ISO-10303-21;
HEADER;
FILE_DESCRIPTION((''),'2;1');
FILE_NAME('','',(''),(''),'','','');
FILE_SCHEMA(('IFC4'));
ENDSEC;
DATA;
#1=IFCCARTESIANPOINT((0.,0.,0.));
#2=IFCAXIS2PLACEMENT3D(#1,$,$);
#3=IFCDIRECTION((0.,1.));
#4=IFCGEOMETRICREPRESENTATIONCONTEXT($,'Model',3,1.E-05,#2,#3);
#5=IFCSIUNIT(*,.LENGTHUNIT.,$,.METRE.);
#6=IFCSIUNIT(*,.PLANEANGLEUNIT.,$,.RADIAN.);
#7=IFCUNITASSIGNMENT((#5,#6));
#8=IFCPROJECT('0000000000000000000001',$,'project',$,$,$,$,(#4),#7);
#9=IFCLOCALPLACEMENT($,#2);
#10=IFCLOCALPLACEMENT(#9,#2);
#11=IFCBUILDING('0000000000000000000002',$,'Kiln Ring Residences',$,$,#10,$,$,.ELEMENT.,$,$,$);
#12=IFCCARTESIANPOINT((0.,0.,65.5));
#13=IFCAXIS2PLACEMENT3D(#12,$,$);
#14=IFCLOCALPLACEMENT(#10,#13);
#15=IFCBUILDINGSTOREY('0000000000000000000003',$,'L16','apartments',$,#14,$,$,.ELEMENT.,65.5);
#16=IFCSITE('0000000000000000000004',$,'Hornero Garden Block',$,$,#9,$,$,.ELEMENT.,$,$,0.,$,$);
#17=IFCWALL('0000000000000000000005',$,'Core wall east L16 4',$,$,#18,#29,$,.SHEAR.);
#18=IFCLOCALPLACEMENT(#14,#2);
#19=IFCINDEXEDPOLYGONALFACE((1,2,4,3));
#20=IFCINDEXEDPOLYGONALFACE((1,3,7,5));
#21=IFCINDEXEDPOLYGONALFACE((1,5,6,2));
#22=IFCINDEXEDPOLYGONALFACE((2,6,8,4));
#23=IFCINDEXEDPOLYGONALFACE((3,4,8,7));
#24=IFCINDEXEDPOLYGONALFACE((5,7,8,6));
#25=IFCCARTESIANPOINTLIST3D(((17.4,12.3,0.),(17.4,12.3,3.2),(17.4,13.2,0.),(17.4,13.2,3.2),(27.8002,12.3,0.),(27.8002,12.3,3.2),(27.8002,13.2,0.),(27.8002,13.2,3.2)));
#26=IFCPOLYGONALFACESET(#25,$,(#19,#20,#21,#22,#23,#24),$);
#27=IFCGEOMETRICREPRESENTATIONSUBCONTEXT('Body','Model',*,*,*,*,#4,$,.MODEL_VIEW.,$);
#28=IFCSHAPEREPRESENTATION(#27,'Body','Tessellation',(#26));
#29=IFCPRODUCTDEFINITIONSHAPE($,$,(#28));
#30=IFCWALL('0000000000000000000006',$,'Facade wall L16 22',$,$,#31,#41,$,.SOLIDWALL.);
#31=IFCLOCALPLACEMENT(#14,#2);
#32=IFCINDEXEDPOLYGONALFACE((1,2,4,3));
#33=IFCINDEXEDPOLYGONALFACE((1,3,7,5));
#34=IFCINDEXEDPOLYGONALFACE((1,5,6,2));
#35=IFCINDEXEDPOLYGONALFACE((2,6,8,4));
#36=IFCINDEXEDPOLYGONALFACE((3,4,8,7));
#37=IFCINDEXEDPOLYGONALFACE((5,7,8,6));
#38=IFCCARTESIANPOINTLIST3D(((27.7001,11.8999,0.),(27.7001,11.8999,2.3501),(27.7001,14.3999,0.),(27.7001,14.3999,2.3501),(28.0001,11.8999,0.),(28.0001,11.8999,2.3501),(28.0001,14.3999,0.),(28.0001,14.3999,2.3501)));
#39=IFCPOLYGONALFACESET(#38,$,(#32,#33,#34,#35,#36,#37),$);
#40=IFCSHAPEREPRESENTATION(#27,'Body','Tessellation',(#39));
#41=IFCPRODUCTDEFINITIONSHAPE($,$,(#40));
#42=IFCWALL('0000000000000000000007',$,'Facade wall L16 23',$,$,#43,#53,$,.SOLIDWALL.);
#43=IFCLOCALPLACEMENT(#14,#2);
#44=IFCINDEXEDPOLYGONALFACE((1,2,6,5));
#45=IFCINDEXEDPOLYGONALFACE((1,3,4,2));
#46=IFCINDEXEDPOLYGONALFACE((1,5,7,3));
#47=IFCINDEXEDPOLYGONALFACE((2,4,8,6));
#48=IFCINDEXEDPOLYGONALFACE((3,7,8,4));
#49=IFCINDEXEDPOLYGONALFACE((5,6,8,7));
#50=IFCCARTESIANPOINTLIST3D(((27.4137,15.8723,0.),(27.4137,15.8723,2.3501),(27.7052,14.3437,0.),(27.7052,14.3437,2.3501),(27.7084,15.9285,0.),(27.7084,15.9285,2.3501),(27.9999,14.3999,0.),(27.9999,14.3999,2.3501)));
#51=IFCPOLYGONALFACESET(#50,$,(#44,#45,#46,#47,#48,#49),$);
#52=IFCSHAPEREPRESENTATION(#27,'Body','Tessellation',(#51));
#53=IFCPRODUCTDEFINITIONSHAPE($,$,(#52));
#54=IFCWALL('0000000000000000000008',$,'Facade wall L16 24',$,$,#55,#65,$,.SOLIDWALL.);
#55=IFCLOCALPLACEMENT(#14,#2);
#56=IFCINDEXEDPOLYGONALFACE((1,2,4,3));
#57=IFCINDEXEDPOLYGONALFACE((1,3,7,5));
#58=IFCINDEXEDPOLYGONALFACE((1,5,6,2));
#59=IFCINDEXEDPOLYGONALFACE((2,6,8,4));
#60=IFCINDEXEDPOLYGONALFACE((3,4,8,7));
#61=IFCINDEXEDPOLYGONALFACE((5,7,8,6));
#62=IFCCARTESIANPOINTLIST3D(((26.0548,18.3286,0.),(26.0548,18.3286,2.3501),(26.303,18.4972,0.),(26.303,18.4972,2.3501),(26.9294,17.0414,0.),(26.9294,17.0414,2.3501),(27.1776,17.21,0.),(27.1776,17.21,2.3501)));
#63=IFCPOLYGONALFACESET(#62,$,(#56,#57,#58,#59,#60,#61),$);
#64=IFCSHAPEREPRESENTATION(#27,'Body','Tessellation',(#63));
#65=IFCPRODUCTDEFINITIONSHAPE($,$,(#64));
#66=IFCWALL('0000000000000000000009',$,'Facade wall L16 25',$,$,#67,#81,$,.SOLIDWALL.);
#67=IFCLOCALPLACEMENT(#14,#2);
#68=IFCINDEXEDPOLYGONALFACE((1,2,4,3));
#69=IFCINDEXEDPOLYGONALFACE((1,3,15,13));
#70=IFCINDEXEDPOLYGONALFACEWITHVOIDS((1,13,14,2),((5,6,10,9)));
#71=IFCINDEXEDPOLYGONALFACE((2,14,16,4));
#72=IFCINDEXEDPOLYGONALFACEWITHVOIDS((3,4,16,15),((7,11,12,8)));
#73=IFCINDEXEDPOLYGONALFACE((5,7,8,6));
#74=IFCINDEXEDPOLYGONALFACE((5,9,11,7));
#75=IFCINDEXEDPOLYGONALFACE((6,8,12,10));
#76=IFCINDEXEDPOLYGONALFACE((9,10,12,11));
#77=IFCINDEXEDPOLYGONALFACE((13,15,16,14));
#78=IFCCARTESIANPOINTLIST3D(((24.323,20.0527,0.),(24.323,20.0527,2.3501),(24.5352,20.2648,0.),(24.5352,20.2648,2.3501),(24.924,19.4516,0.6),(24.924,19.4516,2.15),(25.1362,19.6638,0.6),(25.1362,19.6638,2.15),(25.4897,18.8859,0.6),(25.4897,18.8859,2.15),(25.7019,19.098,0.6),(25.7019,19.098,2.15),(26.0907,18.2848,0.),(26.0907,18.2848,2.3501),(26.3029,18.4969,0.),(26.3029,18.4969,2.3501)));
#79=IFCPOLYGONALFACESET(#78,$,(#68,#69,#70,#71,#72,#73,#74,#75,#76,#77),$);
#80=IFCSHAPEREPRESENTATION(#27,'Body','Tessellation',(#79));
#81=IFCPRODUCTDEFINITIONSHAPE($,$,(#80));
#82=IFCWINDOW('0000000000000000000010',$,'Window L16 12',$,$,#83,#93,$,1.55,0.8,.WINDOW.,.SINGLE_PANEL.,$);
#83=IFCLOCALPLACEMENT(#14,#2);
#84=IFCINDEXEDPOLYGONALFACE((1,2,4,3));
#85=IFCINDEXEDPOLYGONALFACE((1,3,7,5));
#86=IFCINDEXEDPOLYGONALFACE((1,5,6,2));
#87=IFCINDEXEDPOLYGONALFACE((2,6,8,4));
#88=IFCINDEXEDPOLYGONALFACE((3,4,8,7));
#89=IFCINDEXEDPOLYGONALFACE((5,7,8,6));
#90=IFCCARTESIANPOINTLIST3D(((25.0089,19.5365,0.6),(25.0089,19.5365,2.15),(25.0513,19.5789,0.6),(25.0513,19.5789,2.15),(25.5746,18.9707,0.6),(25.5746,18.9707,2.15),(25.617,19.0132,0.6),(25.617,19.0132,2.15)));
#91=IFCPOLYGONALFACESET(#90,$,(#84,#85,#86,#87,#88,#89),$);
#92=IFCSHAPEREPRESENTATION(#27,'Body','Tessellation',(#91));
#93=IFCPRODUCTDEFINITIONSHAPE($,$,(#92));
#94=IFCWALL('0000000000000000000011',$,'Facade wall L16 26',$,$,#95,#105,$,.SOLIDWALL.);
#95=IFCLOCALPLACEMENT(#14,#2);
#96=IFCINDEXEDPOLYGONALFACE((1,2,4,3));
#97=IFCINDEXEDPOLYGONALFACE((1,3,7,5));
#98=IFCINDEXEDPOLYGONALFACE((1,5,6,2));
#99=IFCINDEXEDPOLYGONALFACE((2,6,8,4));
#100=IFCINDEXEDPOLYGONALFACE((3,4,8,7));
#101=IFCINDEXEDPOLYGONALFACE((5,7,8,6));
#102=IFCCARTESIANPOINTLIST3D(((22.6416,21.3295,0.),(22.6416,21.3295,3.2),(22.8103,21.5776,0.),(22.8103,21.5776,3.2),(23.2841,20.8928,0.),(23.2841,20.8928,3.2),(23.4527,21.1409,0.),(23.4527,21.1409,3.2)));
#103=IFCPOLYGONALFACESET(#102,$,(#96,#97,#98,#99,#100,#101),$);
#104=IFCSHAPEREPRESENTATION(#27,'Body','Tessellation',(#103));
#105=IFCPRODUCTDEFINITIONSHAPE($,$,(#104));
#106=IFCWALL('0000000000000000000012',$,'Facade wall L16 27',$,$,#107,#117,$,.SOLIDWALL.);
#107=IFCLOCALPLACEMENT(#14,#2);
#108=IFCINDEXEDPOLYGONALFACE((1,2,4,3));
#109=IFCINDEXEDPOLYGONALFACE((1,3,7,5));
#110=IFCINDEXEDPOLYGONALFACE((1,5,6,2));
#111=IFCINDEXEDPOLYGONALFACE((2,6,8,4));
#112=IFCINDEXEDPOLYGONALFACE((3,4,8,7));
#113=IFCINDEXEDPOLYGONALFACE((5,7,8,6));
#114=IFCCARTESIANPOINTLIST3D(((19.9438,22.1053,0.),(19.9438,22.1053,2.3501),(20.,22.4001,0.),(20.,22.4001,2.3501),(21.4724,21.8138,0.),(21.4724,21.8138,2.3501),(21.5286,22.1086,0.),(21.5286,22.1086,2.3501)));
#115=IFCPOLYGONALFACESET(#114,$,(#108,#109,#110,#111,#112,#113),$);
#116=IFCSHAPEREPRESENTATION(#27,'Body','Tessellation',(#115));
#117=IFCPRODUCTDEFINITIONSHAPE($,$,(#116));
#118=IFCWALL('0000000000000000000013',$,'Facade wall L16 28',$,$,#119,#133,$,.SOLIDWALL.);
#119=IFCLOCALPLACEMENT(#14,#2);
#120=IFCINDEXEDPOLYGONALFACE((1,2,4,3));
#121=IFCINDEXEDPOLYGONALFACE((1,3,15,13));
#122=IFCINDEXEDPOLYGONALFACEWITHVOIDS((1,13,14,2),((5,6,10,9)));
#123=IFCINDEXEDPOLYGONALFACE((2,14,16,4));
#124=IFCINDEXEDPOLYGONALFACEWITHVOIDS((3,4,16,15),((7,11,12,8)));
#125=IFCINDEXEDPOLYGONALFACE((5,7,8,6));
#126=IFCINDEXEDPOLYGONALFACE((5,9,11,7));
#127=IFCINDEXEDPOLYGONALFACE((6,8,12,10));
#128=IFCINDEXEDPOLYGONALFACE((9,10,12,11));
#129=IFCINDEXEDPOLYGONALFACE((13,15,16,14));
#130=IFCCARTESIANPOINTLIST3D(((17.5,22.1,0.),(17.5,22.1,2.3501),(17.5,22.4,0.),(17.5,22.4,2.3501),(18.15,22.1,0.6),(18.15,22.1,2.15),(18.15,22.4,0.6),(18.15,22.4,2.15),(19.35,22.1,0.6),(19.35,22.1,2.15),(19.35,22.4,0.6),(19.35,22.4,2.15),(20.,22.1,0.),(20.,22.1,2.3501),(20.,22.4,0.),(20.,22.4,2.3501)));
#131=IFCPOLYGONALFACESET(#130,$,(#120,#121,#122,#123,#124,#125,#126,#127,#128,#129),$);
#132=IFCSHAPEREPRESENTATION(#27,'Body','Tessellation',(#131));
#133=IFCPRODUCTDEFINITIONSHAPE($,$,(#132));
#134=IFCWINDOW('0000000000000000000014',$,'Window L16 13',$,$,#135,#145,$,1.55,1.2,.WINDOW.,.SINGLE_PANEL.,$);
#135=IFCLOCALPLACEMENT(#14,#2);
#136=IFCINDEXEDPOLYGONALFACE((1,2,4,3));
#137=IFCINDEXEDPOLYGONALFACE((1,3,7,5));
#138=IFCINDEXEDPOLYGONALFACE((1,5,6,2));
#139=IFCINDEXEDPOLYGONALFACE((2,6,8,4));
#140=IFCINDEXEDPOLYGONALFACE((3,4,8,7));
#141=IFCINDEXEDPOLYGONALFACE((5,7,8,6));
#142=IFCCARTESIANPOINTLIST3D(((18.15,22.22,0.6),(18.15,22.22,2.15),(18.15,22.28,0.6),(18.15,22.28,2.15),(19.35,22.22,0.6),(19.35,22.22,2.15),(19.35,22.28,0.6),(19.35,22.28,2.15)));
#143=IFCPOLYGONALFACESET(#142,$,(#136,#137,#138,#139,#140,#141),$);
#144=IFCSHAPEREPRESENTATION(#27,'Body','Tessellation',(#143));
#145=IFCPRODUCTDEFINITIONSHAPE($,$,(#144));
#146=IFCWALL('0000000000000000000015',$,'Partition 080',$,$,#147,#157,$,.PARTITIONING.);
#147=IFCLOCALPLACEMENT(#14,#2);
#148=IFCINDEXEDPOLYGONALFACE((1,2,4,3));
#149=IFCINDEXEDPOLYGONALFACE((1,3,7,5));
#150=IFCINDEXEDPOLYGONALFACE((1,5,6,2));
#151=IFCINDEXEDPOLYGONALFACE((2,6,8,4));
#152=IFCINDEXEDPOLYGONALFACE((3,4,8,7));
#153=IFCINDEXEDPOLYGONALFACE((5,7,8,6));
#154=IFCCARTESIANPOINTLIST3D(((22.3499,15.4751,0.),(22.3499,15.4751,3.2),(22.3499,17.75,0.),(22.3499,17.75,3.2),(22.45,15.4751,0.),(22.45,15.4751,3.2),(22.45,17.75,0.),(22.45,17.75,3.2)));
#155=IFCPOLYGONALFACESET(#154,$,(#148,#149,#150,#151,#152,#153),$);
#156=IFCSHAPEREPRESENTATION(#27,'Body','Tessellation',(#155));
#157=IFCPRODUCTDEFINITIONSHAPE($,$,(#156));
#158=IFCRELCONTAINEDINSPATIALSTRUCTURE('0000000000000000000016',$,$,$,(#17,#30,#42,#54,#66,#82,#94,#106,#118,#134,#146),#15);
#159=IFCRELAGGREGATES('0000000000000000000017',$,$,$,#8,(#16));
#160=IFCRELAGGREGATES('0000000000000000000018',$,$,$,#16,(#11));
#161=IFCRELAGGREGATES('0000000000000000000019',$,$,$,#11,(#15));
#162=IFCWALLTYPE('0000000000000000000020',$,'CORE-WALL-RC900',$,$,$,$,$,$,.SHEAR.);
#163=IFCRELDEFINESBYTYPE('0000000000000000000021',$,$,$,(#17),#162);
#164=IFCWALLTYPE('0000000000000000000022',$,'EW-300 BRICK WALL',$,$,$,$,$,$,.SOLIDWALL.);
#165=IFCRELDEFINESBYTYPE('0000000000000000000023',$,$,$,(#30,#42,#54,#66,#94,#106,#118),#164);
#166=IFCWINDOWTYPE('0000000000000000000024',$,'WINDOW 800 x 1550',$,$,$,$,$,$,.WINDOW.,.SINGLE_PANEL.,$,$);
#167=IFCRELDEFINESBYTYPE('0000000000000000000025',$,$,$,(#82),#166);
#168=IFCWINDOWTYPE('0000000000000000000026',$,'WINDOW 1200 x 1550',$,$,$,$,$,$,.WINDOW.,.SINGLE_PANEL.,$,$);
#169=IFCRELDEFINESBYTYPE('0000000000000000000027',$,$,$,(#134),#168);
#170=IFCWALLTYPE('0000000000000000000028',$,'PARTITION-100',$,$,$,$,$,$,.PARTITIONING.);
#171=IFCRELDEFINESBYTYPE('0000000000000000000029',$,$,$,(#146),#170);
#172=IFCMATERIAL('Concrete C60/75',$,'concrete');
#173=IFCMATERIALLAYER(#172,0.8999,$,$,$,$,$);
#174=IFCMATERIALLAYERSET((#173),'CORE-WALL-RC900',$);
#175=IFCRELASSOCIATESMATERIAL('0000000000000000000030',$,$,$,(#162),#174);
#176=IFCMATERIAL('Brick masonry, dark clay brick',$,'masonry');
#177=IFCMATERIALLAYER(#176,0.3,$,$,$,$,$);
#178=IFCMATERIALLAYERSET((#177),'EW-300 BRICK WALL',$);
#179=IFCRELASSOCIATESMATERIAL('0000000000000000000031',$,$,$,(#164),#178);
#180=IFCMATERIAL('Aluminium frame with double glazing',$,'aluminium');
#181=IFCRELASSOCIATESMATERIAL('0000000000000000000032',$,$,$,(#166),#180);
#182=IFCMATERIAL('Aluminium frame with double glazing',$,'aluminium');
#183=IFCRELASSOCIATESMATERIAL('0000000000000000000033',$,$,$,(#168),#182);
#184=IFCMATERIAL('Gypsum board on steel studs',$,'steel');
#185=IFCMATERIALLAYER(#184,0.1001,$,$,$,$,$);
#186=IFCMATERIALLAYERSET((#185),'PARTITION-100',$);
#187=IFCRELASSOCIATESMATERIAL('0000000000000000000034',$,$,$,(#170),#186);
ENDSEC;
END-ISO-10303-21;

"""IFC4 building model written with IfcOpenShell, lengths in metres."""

from ifc_helpers import new_model, si_unit, direction, frame, frame_2d, origin, place, context, subcontext, project, spatial, rectangle, extrude, material, layer, layer_set, type_object, element, fill, save


model = new_model("IFC4")

# Units and contexts
model_context = context("Model", 3, precision=1e-05, world=origin(), true_north=direction((0.0, 1.0)))
body_context = subcontext(model_context, "Body", "Model", "MODEL_VIEW")
ifc_project = project(units=[si_unit("LENGTHUNIT", "METRE"), si_unit("PLANEANGLEUNIT", "RADIAN")], contexts=[model_context])

# Site, building, storey
site_placement = place(None, origin())
site = spatial("IfcSite", under=ifc_project, at=site_placement, Name="Hornero Garden Block", CompositionType="ELEMENT", RefElevation=0.0)
building_placement = place(site_placement, origin())
building = spatial("IfcBuilding", under=site, at=building_placement, Name="Kiln Ring Residences", CompositionType="ELEMENT")
storey_placement = place(building_placement, frame((0.0, 0.0, 65.5)))
storey = spatial("IfcBuildingStorey", under=building, at=storey_placement, Name="L16", Description="apartments", CompositionType="ELEMENT", Elevation=65.5)

# Walls
ifc_material_1 = material(Name="Concrete C60/75", Category="concrete")
ifc_layer_1 = layer(ifc_material_1, 0.8999)
ifc_layer_set_1 = layer_set([ifc_layer_1], Name="CORE-WALL-RC900")
wall_type_1 = type_object("IfcWallType", Name="CORE-WALL-RC900", PredefinedType="SHEAR", material=ifc_layer_set_1)
wall_1_placement = place(storey_placement, frame((17.3999, 12.75, 0.0), z_axis=(0.0, 0.0, 1.0), x_axis=(1.0, 0.0, 0.0)))
element("IfcWall", 1, at=wall_1_placement, inside=storey, type_object=wall_type_1, Name="Core wall east L16 4", PredefinedType="SHEAR", context=body_context, shape_type="SweptSolid", body=[
    extrude(rectangle(XDim=10.4001, YDim=0.8999, at=frame_2d((5.2002, 0.0))), origin(), (0.0, 0.0, 1.0), 3.2),
])
ifc_material_2 = material(Name="Brick masonry, dark clay brick", Category="masonry")
ifc_layer_2 = layer(ifc_material_2, 0.3)
ifc_layer_set_2 = layer_set([ifc_layer_2], Name="EW-300 BRICK WALL")
wall_type_2 = type_object("IfcWallType", Name="EW-300 BRICK WALL", PredefinedType="SOLIDWALL", material=ifc_layer_set_2)
wall_2_placement = place(storey_placement, frame((27.8501, 11.8999, 0.0), z_axis=(0.0, 0.0, 1.0), x_axis=(0.0, 1.0, 0.0)))
element("IfcWall", 2, at=wall_2_placement, inside=storey, type_object=wall_type_2, Name="Facade wall L16 22", PredefinedType="SOLIDWALL", context=body_context, shape_type="SweptSolid", body=[
    extrude(rectangle(XDim=2.5, YDim=0.3, at=frame_2d((1.25, 0.0))), origin(), (0.0, 0.0, 1.0), 2.3501),
])
for number, where, z_axis, x_axis, name in (
    (3, (27.8525, 14.3718, 0.0), (0.0, 0.0, 1.0), (-0.187328, 0.982297, 0.0), "Facade wall L16 23"),
    (4, (27.0535, 17.1257, 0.0), (0.0, 0.0, 1.0), (-0.561992, 0.827142, 0.0), "Facade wall L16 24"),
):
    element("IfcWall", number, at=place(storey_placement, frame(where, z_axis=z_axis, x_axis=x_axis)), inside=storey, type_object=wall_type_2, Name=name, PredefinedType="SOLIDWALL", context=body_context, shape_type="SweptSolid", body=[
        extrude(rectangle(XDim=1.5562, YDim=0.3, at=frame_2d((0.7781, 0.0))), origin(), (0.0, 0.0, 1.0), 2.3501),
    ])

# Wall, opening, window
wall_3_placement = place(storey_placement, frame((26.1968, 18.3909, 0.0), z_axis=(0.0, 0.0, 1.0), x_axis=(-0.707058, 0.707156, 0.0)))
wall_3 = element("IfcWall", 5, at=wall_3_placement, inside=storey, type_object=wall_type_2, Name="Facade wall L16 25", PredefinedType="SOLIDWALL", context=body_context, shape_type="SweptSolid", body=[
    extrude(rectangle(XDim=2.5, YDim=0.3, at=frame_2d((1.25, 0.0))), origin(), (0.0, 0.0, 1.0), 2.3501),
])
opening_1_placement = place(wall_3_placement, frame((0.8501, 0.0, 0.6001)))
opening_1 = element("IfcOpeningElement", 6, at=opening_1_placement, cuts=wall_3, PredefinedType="OPENING", context=body_context, shape_type="SweptSolid", body=[
    extrude(rectangle(XDim=0.8, YDim=1.55, at=frame_2d((0.3999, 0.7749))), frame((0.0, 0.1599, 0.0), z_axis=(0.0, -1.0, 0.0), x_axis=(1.0, 0.0, 0.0)), (0.0, 0.0, 1.0), 0.3201),
])
ifc_material_3 = material(Name="Aluminium frame with double glazing", Category="aluminium")
window_type_1 = type_object("IfcWindowType", Name="WINDOW 800 x 1550", PartitioningType="SINGLE_PANEL", PredefinedType="WINDOW", material=ifc_material_3)
window_1_placement = place(opening_1_placement, origin())
window_1 = element("IfcWindow", 7, at=window_1_placement, inside=storey, type_object=window_type_1, Name="Window L16 12", OverallHeight=1.55, OverallWidth=0.8, PartitioningType="SINGLE_PANEL", PredefinedType="WINDOW", context=body_context, shape_type="SweptSolid", body=[
    extrude(rectangle(XDim=0.8, YDim=1.55, at=frame_2d((0.3999, 0.7749))), frame((0.0, 0.03, 0.0), z_axis=(0.0, -1.0, 0.0), x_axis=(1.0, 0.0, 0.0)), (0.0, 0.0, 1.0), 0.0601),
])
fill(opening_1, window_1)

# Walls
wall_4_placement = place(storey_placement, frame((23.3684, 21.0168, 0.0), z_axis=(0.0, 0.0, 1.0), x_axis=(-0.827038, 0.562147, 0.0)))
element("IfcWall", 8, at=wall_4_placement, inside=storey, type_object=wall_type_2, Name="Facade wall L16 26", PredefinedType="SOLIDWALL", context=body_context, shape_type="SweptSolid", body=[
    extrude(rectangle(XDim=0.7769, YDim=0.3, at=frame_2d((0.3884, 0.0))), origin(), (0.0, 0.0, 1.0), 3.2),
])
wall_5_placement = place(storey_placement, frame((21.5005, 21.9612, 0.0), z_axis=(0.0, 0.0, 1.0), x_axis=(-0.982297, 0.187328, 0.0)))
element("IfcWall", 9, at=wall_5_placement, inside=storey, type_object=wall_type_2, Name="Facade wall L16 27", PredefinedType="SOLIDWALL", context=body_context, shape_type="SweptSolid", body=[
    extrude(rectangle(XDim=1.5562, YDim=0.3, at=frame_2d((0.7781, 0.0))), origin(), (0.0, 0.0, 1.0), 2.3501),
])

# Wall, opening, window
wall_6_placement = place(storey_placement, frame((20.0, 22.25, 0.0), z_axis=(0.0, 0.0, 1.0), x_axis=(-1.0, 0.0, 0.0)))
wall_6 = element("IfcWall", 10, at=wall_6_placement, inside=storey, type_object=wall_type_2, Name="Facade wall L16 28", PredefinedType="SOLIDWALL", context=body_context, shape_type="SweptSolid", body=[
    extrude(rectangle(XDim=2.5, YDim=0.3, at=frame_2d((1.25, 0.0))), origin(), (0.0, 0.0, 1.0), 2.3501),
])
opening_2_placement = place(wall_6_placement, frame((0.6499, 0.0, 0.6001)))
opening_2 = element("IfcOpeningElement", 11, at=opening_2_placement, cuts=wall_6, PredefinedType="OPENING", context=body_context, shape_type="SweptSolid", body=[
    extrude(rectangle(XDim=1.2, YDim=1.55, at=frame_2d((0.6001, 0.7749))), frame((0.0, 0.1599, 0.0), z_axis=(0.0, -1.0, 0.0), x_axis=(1.0, 0.0, 0.0)), (0.0, 0.0, 1.0), 0.3201),
])
ifc_material_4 = material(Name="Aluminium frame with double glazing", Category="aluminium")
window_type_2 = type_object("IfcWindowType", Name="WINDOW 1200 x 1550", PartitioningType="SINGLE_PANEL", PredefinedType="WINDOW", material=ifc_material_4)
window_2_placement = place(opening_2_placement, origin())
window_2 = element("IfcWindow", 12, at=window_2_placement, inside=storey, type_object=window_type_2, Name="Window L16 13", OverallHeight=1.55, OverallWidth=1.2, PartitioningType="SINGLE_PANEL", PredefinedType="WINDOW", context=body_context, shape_type="SweptSolid", body=[
    extrude(rectangle(XDim=1.2, YDim=1.55, at=frame_2d((0.6001, 0.7749))), frame((0.0, 0.03, 0.0), z_axis=(0.0, -1.0, 0.0), x_axis=(1.0, 0.0, 0.0)), (0.0, 0.0, 1.0), 0.0601),
])
fill(opening_2, window_2)

# Wall
ifc_material_5 = material(Name="Gypsum board on steel studs", Category="steel")
ifc_layer_3 = layer(ifc_material_5, 0.1001)
ifc_layer_set_3 = layer_set([ifc_layer_3], Name="PARTITION-100")
wall_type_3 = type_object("IfcWallType", Name="PARTITION-100", PredefinedType="PARTITIONING", material=ifc_layer_set_3)
wall_7_placement = place(storey_placement, frame((22.3999, 15.4751, 0.0), z_axis=(0.0, 0.0, 1.0), x_axis=(0.0, 1.0, 0.0)))
element("IfcWall", 13, at=wall_7_placement, inside=storey, type_object=wall_type_3, Name="Partition 080", PredefinedType="PARTITIONING", context=body_context, shape_type="SweptSolid", body=[
    extrude(rectangle(XDim=2.2749, YDim=0.1001, at=frame_2d((1.1375, 0.0))), origin(), (0.0, 0.0, 1.0), 3.2),
])

save(model, "model.ifc")
